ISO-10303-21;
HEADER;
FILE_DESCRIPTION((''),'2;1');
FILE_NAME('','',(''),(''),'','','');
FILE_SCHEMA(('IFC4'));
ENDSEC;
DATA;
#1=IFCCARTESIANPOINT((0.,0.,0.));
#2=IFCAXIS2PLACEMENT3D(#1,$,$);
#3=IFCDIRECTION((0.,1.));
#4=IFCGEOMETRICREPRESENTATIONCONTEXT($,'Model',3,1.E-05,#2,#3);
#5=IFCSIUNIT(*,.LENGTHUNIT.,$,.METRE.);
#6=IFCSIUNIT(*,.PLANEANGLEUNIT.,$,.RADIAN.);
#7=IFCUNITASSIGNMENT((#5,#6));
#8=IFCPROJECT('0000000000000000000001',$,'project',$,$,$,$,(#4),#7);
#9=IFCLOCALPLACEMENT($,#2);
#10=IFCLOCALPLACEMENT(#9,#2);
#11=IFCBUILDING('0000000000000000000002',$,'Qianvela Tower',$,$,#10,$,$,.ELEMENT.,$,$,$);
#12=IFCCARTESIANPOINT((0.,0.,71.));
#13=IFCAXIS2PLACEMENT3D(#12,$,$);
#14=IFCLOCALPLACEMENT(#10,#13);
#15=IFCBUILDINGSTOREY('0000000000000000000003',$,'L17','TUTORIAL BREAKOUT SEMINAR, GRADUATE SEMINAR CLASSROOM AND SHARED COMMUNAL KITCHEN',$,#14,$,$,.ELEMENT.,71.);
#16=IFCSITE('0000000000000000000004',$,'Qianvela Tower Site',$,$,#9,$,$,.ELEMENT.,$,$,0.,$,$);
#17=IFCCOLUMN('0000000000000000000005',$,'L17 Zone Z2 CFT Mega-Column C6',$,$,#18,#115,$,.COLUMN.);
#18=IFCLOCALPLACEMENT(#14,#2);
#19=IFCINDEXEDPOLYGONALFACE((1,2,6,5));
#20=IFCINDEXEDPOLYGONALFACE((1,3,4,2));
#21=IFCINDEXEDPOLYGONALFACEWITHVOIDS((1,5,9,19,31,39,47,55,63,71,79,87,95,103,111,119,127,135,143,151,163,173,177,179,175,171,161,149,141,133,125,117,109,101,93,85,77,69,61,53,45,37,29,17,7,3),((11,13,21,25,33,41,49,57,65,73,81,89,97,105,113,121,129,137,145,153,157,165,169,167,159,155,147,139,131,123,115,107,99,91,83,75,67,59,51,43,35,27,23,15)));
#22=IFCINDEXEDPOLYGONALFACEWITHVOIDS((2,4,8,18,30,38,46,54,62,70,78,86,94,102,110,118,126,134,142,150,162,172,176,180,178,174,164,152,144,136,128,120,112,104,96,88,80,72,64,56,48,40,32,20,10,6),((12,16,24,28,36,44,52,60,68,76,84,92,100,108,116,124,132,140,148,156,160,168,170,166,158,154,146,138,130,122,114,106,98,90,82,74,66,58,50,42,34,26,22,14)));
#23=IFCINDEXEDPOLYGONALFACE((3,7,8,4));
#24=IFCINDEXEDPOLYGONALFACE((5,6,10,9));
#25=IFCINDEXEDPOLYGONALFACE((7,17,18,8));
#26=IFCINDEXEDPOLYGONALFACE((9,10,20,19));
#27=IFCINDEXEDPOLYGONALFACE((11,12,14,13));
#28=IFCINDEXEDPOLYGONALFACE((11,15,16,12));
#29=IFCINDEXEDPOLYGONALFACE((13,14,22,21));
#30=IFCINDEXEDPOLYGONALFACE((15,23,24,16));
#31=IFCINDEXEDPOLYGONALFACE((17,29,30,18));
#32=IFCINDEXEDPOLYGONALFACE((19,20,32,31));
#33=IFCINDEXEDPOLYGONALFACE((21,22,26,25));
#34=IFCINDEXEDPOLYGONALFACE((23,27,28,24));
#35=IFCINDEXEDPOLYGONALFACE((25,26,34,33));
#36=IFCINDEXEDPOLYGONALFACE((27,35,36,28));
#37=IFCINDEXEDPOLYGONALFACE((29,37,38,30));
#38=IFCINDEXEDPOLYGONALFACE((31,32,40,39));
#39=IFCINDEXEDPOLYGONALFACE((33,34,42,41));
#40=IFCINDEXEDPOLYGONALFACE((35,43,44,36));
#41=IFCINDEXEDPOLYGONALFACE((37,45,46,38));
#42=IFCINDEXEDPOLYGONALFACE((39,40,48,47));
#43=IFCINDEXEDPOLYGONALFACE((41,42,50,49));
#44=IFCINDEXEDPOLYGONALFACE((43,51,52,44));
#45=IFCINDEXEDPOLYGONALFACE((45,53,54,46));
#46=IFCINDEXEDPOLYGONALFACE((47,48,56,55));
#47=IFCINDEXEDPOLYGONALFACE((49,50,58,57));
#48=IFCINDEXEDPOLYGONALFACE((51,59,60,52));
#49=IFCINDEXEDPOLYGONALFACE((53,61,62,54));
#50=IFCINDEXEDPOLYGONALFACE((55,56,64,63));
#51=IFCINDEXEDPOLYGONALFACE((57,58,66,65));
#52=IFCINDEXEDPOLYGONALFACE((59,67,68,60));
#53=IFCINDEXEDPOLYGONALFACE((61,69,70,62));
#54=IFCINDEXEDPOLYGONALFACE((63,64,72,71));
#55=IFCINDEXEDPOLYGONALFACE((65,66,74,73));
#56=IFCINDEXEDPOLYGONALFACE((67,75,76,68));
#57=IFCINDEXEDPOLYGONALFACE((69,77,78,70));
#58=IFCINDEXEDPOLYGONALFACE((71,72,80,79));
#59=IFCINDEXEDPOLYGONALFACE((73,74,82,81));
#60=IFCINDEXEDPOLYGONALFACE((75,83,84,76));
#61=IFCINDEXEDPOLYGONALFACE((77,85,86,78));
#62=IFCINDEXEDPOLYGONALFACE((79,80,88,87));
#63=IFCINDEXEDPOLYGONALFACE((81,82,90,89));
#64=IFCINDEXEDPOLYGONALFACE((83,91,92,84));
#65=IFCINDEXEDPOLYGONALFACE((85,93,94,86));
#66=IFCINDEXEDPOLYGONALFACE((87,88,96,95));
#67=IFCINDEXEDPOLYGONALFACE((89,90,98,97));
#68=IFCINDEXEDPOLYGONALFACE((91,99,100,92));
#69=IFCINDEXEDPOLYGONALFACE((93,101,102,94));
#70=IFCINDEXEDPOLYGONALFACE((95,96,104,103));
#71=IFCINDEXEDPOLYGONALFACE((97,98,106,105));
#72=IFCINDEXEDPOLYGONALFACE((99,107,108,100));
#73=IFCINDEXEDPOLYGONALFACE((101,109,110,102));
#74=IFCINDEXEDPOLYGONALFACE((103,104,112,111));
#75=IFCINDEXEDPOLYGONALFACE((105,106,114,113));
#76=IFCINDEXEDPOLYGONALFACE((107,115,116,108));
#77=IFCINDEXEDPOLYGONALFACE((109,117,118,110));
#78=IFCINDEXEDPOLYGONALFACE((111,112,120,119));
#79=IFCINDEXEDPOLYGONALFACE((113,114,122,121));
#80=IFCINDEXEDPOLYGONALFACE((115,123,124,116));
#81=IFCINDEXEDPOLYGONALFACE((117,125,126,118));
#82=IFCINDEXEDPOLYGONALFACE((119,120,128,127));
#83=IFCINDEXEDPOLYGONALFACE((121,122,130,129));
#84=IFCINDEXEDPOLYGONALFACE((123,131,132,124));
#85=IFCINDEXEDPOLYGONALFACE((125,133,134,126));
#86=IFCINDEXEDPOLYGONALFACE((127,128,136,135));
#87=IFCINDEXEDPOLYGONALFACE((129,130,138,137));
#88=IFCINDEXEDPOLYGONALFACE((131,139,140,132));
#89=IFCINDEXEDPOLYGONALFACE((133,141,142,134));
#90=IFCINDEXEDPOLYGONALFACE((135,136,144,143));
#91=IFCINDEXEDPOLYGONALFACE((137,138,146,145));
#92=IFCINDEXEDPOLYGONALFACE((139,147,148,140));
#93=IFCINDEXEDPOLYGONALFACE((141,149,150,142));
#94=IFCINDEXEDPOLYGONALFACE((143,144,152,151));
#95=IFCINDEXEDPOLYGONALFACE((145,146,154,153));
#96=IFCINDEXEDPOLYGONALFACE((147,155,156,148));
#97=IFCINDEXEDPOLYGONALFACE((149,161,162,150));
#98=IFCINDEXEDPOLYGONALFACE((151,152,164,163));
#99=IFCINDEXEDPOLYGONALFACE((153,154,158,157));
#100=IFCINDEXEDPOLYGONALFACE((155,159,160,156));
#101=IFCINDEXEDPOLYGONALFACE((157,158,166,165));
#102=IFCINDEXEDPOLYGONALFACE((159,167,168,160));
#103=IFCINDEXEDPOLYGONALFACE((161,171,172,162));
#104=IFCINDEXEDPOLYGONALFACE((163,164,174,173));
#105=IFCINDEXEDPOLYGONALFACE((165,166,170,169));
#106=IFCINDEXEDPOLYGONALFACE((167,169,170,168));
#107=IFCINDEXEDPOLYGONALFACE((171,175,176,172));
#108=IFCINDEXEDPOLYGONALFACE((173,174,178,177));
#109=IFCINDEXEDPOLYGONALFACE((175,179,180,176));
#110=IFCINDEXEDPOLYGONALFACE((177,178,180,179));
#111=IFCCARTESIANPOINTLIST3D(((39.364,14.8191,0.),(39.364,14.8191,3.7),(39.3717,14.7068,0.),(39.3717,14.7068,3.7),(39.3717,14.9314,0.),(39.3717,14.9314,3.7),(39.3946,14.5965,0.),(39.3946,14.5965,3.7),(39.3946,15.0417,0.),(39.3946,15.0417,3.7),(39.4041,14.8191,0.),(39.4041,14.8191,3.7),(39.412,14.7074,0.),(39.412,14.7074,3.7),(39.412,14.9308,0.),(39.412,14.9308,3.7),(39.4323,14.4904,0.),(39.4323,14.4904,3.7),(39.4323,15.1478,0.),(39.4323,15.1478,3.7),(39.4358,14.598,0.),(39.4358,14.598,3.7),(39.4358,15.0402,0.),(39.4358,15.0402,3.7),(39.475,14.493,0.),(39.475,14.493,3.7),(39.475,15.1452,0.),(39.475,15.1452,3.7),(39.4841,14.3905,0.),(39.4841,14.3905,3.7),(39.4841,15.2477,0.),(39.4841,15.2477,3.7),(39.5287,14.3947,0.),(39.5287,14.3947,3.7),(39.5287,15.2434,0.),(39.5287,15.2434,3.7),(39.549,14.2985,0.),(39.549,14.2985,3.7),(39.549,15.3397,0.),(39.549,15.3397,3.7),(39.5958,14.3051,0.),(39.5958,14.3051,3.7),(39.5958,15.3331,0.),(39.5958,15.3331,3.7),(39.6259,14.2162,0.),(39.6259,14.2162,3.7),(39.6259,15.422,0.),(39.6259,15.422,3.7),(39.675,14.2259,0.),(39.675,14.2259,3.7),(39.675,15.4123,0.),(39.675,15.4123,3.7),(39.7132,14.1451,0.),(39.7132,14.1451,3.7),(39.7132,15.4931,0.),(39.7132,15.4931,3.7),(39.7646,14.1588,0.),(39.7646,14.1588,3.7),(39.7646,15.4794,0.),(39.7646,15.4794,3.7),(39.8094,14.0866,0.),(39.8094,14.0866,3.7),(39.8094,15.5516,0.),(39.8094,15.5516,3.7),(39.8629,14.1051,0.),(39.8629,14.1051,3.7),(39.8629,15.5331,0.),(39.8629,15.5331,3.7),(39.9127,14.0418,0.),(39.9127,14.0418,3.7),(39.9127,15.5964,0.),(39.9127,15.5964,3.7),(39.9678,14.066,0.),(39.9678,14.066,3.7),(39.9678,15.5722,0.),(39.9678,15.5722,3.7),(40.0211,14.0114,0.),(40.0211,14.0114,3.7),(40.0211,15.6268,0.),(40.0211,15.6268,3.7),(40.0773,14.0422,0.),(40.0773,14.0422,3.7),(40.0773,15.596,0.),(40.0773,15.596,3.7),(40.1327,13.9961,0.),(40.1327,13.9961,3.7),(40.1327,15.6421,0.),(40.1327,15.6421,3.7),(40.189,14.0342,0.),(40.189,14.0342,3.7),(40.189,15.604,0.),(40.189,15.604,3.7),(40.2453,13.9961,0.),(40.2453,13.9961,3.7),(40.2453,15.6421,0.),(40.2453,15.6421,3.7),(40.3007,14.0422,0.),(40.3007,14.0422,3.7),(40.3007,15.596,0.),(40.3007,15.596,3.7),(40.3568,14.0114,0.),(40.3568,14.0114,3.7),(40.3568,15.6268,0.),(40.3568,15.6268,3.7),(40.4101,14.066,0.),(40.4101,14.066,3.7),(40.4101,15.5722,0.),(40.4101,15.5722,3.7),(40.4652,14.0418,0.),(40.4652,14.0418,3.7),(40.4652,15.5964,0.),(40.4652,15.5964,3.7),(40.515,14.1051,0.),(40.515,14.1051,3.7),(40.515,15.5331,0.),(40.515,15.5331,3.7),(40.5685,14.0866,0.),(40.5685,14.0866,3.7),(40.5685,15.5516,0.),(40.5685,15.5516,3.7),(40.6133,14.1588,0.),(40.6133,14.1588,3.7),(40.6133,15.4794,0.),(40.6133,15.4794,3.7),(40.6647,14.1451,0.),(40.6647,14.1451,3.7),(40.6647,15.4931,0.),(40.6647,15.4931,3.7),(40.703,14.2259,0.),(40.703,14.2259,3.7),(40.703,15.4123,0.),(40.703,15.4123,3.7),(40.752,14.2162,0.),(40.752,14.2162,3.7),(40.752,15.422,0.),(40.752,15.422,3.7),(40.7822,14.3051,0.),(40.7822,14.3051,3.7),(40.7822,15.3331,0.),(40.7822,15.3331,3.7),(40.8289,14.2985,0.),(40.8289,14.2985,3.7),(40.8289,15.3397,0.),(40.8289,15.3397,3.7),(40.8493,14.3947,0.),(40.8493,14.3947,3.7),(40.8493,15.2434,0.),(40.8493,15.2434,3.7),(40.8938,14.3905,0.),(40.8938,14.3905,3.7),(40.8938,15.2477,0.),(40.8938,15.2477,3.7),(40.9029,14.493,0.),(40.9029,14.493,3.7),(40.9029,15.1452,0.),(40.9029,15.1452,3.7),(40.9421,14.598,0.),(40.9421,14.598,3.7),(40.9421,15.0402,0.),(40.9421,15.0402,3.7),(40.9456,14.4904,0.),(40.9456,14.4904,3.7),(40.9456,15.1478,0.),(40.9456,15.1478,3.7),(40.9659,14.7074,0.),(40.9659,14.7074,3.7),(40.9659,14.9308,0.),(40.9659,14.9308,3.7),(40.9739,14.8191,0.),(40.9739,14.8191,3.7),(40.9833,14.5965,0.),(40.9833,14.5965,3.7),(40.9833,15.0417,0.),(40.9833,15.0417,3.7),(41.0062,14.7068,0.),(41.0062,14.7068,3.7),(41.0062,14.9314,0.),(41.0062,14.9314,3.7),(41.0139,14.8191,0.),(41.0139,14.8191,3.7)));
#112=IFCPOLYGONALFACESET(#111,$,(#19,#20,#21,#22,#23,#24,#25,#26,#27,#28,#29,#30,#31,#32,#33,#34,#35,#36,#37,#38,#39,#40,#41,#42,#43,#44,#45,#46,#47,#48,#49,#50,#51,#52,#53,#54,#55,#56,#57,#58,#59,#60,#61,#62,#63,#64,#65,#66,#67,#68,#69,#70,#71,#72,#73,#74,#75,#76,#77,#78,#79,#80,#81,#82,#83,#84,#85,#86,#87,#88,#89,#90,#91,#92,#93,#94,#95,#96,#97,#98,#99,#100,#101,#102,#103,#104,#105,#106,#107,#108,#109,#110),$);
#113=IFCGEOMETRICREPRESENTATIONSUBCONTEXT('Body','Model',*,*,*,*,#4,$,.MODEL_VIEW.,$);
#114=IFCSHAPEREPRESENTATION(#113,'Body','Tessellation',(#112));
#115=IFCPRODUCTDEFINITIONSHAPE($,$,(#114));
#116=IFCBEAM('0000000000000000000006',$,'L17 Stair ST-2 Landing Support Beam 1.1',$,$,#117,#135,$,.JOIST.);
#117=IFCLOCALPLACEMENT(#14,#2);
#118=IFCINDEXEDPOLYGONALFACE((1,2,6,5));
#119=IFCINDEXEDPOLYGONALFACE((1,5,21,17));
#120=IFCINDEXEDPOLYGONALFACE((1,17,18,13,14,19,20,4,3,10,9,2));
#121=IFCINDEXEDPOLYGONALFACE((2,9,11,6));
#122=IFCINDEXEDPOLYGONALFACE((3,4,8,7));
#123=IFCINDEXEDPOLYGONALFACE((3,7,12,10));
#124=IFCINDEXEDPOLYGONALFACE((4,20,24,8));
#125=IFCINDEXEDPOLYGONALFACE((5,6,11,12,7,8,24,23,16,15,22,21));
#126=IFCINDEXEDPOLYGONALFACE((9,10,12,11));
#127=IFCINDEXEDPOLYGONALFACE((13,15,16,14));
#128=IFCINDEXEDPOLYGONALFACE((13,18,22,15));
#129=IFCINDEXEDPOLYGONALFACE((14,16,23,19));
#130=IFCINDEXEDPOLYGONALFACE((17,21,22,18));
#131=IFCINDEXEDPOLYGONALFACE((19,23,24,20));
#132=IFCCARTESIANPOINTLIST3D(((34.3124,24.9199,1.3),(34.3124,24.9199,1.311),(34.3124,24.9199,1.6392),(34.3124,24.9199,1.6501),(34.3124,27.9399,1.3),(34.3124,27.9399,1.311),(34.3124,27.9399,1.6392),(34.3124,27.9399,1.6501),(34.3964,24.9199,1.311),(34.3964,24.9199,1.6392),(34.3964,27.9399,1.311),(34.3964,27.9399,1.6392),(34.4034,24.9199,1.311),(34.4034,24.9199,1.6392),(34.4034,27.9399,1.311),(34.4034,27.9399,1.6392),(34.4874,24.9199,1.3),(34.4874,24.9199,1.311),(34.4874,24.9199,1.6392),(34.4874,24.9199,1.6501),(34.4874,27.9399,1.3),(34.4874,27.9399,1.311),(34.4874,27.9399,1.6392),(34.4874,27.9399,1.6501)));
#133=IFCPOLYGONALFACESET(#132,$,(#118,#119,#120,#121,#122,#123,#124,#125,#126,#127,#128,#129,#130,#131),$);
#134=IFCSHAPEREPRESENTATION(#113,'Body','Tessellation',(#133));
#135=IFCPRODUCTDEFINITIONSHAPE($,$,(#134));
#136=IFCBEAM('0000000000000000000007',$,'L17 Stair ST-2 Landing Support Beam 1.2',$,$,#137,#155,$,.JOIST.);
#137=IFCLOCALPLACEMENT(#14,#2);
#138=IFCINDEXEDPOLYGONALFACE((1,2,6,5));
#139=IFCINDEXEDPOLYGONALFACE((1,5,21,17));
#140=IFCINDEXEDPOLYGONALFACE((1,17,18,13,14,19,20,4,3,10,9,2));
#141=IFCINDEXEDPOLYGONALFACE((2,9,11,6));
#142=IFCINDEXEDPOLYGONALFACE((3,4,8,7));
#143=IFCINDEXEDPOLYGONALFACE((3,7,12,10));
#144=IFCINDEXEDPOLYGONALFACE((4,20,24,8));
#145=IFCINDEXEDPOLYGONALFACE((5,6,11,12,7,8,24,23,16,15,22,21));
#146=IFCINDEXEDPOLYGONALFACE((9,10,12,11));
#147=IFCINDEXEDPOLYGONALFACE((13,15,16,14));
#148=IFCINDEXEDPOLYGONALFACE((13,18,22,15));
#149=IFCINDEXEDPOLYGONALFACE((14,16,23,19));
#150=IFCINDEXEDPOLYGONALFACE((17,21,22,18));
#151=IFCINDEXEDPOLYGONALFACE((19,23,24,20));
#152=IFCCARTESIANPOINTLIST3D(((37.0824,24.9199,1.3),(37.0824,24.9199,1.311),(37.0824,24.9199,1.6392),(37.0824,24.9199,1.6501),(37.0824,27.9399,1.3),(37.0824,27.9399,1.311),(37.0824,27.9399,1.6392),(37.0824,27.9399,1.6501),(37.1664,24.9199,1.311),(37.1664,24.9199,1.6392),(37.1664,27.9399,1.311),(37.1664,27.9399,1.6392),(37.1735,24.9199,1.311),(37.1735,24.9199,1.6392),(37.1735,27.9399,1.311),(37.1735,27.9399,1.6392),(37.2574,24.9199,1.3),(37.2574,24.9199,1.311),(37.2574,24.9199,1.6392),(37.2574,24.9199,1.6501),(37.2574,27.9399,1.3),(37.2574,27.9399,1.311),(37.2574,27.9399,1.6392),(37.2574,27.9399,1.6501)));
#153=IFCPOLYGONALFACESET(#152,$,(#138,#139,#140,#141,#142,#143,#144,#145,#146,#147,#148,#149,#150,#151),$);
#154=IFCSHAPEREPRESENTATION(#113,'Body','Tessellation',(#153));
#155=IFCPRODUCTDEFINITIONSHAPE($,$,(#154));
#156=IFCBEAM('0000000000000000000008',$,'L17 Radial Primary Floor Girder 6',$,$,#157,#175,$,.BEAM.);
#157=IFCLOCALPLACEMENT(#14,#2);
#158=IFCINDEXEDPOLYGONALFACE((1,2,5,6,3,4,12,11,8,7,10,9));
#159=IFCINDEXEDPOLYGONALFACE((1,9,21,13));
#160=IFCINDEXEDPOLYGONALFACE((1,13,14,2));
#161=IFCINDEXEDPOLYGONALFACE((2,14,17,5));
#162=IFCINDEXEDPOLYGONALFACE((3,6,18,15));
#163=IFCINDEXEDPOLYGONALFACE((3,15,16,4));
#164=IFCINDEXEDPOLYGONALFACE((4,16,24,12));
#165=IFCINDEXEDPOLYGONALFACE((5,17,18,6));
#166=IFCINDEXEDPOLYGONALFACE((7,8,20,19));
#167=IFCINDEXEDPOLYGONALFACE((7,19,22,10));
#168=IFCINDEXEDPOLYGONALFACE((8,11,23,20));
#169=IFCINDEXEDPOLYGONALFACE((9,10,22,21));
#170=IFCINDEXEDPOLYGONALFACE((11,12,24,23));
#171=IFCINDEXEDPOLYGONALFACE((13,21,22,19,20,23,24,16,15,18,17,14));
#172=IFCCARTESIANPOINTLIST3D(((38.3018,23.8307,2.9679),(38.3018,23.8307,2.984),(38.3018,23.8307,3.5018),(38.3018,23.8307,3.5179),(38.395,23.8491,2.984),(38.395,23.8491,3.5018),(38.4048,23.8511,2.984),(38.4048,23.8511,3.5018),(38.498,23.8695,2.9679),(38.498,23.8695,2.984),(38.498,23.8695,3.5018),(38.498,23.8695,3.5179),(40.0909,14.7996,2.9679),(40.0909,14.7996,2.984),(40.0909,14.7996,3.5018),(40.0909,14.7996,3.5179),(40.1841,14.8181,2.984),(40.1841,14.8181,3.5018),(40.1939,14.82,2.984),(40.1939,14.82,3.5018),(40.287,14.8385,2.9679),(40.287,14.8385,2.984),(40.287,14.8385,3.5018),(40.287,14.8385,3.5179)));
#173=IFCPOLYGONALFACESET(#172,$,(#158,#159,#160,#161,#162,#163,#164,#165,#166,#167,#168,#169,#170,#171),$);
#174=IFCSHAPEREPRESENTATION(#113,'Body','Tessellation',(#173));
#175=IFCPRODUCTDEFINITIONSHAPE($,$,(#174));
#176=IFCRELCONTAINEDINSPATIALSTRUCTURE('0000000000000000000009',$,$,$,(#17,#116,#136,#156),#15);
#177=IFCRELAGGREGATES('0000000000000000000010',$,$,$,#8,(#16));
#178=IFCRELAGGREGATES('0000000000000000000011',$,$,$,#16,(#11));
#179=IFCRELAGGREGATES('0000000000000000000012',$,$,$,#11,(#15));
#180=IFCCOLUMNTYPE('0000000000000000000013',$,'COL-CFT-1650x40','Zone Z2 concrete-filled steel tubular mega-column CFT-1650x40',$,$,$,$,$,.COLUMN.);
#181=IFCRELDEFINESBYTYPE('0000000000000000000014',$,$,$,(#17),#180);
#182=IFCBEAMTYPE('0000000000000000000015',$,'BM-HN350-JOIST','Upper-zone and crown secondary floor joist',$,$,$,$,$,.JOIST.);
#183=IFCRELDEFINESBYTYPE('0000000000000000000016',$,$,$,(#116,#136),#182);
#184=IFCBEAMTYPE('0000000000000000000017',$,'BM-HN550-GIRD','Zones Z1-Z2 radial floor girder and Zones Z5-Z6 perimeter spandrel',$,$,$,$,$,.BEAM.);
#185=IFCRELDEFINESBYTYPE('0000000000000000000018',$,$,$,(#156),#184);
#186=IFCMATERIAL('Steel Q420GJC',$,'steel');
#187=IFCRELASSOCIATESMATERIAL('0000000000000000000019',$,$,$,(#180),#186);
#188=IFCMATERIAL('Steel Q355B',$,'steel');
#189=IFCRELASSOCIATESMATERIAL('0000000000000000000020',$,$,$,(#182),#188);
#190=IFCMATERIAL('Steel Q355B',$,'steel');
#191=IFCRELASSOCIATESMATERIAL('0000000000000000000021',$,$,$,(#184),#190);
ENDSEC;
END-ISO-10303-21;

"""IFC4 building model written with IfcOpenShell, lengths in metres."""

from ifc_helpers import new_model, si_unit, direction, frame, origin, origin_2d, place, context, subcontext, project, spatial, hollow_circle, i_section, extrude, material, material_profile, profile_set, type_object, element, save


model = new_model("IFC4")

# Units and contexts
model_context = context("Model", 3, precision=1e-05, world=origin(), true_north=direction((0.0, 1.0)))
body_context = subcontext(model_context, "Body", "Model", "MODEL_VIEW")
ifc_project = project(units=[si_unit("LENGTHUNIT", "METRE"), si_unit("PLANEANGLEUNIT", "RADIAN")], contexts=[model_context])

# Site, building, storey
site_placement = place(None, origin())
site = spatial("IfcSite", under=ifc_project, at=site_placement, Name="Qianvela Tower Site", CompositionType="ELEMENT", RefElevation=0.0)
building_placement = place(site_placement, origin())
building = spatial("IfcBuilding", under=site, at=building_placement, Name="Qianvela Tower", CompositionType="ELEMENT")
storey_placement = place(building_placement, frame((0.0, 0.0, 71.0)))
storey = spatial("IfcBuildingStorey", under=building, at=storey_placement, Name="L17", Description="TUTORIAL BREAKOUT SEMINAR, GRADUATE SEMINAR CLASSROOM AND SHARED COMMUNAL KITCHEN", CompositionType="ELEMENT", Elevation=71.0)

# Column
ifc_material_1 = material(Name="Steel Q420GJC", Category="steel")
ifc_material_profile_1 = material_profile(ifc_material_1, hollow_circle(Radius=0.825, WallThickness=0.04, at=origin_2d()), Name="CFT-1650x40")
ifc_profile_set_1 = profile_set([ifc_material_profile_1], Name="Steel Q420GJC")
column_type = type_object("IfcColumnType", Name="COL-CFT-1650x40", Description="Zone Z2 concrete-filled steel tubular mega-column CFT-1650x40", PredefinedType="COLUMN", material=ifc_profile_set_1)
for number, where, z_axis, x_axis, name in (
    (1, (40.189, 14.8191, 0.0), (0.0, 0.0, 1.0), (1.0, 0.0, 0.0), "L17 Zone Z2 CFT Mega-Column C6"),
):
    element("IfcColumn", number, at=place(storey_placement, frame(where, z_axis=z_axis, x_axis=x_axis)), inside=storey, type_object=column_type, Name=name, PredefinedType="COLUMN", context=body_context, shape_type="SweptSolid", body=[
        extrude(hollow_circle(Radius=0.825, WallThickness=0.04, at=origin_2d()), origin(), (0.0, 0.0, 1.0), 3.7),
    ])

# Beams
ifc_material_2 = material(Name="Steel Q355B", Category="steel")
ifc_material_profile_2 = material_profile(ifc_material_2, i_section(OverallWidth=0.175, OverallDepth=0.3501, WebThickness=0.0071, FlangeThickness=0.011, at=origin_2d()), Name="HN350x175x7x11")
ifc_profile_set_2 = profile_set([ifc_material_profile_2], Name="Steel Q355B")
beam_type_1 = type_object("IfcBeamType", Name="BM-HN350-JOIST", Description="Upper-zone and crown secondary floor joist", PredefinedType="JOIST", material=ifc_profile_set_2)
for number, where, z_axis, x_axis, name in (
    (2, (34.3999, 24.9199, 1.4751), (0.0, 1.0, 0.0), (-1.0, 0.0, 0.0), "L17 Stair ST-2 Landing Support Beam 1.1"),
    (3, (37.1699, 24.9199, 1.4751), (0.0, 1.0, 0.0), (-1.0, 0.0, 0.0), "L17 Stair ST-2 Landing Support Beam 1.2"),
):
    element("IfcBeam", number, at=place(storey_placement, frame(where, z_axis=z_axis, x_axis=x_axis)), inside=storey, type_object=beam_type_1, Name=name, PredefinedType="JOIST", context=body_context, shape_type="SweptSolid", body=[
        extrude(i_section(OverallWidth=0.175, OverallDepth=0.3501, WebThickness=0.0071, FlangeThickness=0.011, at=origin_2d()), origin(), (0.0, 0.0, 1.0), 3.02),
    ])
ifc_material_3 = material(Name="Steel Q355B", Category="steel")
ifc_material_profile_3 = material_profile(ifc_material_3, i_section(OverallWidth=0.2, OverallDepth=0.55, WebThickness=0.01, FlangeThickness=0.0161, at=origin_2d()), Name="HN550x200x10x16")
ifc_profile_set_3 = profile_set([ifc_material_profile_3], Name="Steel Q355B")
beam_type_2 = type_object("IfcBeamType", Name="BM-HN550-GIRD", Description="Zones Z1-Z2 radial floor girder and Zones Z5-Z6 perimeter spandrel", PredefinedType="BEAM", material=ifc_profile_set_3)
beam_1_placement = place(storey_placement, frame((38.3999, 23.8501, 3.2429), z_axis=(0.194326, -0.980937, 0.0), x_axis=(0.980937, 0.194326, 0.0)))
element("IfcBeam", 4, at=beam_1_placement, inside=storey, type_object=beam_type_2, Name="L17 Radial Primary Floor Girder 6", PredefinedType="BEAM", context=body_context, shape_type="SweptSolid", body=[
    extrude(i_section(OverallWidth=0.2, OverallDepth=0.55, WebThickness=0.01, FlangeThickness=0.0161, at=origin_2d()), origin(), (0.0, 0.0, 1.0), 9.2065),
])

save(model, "model.ifc")
